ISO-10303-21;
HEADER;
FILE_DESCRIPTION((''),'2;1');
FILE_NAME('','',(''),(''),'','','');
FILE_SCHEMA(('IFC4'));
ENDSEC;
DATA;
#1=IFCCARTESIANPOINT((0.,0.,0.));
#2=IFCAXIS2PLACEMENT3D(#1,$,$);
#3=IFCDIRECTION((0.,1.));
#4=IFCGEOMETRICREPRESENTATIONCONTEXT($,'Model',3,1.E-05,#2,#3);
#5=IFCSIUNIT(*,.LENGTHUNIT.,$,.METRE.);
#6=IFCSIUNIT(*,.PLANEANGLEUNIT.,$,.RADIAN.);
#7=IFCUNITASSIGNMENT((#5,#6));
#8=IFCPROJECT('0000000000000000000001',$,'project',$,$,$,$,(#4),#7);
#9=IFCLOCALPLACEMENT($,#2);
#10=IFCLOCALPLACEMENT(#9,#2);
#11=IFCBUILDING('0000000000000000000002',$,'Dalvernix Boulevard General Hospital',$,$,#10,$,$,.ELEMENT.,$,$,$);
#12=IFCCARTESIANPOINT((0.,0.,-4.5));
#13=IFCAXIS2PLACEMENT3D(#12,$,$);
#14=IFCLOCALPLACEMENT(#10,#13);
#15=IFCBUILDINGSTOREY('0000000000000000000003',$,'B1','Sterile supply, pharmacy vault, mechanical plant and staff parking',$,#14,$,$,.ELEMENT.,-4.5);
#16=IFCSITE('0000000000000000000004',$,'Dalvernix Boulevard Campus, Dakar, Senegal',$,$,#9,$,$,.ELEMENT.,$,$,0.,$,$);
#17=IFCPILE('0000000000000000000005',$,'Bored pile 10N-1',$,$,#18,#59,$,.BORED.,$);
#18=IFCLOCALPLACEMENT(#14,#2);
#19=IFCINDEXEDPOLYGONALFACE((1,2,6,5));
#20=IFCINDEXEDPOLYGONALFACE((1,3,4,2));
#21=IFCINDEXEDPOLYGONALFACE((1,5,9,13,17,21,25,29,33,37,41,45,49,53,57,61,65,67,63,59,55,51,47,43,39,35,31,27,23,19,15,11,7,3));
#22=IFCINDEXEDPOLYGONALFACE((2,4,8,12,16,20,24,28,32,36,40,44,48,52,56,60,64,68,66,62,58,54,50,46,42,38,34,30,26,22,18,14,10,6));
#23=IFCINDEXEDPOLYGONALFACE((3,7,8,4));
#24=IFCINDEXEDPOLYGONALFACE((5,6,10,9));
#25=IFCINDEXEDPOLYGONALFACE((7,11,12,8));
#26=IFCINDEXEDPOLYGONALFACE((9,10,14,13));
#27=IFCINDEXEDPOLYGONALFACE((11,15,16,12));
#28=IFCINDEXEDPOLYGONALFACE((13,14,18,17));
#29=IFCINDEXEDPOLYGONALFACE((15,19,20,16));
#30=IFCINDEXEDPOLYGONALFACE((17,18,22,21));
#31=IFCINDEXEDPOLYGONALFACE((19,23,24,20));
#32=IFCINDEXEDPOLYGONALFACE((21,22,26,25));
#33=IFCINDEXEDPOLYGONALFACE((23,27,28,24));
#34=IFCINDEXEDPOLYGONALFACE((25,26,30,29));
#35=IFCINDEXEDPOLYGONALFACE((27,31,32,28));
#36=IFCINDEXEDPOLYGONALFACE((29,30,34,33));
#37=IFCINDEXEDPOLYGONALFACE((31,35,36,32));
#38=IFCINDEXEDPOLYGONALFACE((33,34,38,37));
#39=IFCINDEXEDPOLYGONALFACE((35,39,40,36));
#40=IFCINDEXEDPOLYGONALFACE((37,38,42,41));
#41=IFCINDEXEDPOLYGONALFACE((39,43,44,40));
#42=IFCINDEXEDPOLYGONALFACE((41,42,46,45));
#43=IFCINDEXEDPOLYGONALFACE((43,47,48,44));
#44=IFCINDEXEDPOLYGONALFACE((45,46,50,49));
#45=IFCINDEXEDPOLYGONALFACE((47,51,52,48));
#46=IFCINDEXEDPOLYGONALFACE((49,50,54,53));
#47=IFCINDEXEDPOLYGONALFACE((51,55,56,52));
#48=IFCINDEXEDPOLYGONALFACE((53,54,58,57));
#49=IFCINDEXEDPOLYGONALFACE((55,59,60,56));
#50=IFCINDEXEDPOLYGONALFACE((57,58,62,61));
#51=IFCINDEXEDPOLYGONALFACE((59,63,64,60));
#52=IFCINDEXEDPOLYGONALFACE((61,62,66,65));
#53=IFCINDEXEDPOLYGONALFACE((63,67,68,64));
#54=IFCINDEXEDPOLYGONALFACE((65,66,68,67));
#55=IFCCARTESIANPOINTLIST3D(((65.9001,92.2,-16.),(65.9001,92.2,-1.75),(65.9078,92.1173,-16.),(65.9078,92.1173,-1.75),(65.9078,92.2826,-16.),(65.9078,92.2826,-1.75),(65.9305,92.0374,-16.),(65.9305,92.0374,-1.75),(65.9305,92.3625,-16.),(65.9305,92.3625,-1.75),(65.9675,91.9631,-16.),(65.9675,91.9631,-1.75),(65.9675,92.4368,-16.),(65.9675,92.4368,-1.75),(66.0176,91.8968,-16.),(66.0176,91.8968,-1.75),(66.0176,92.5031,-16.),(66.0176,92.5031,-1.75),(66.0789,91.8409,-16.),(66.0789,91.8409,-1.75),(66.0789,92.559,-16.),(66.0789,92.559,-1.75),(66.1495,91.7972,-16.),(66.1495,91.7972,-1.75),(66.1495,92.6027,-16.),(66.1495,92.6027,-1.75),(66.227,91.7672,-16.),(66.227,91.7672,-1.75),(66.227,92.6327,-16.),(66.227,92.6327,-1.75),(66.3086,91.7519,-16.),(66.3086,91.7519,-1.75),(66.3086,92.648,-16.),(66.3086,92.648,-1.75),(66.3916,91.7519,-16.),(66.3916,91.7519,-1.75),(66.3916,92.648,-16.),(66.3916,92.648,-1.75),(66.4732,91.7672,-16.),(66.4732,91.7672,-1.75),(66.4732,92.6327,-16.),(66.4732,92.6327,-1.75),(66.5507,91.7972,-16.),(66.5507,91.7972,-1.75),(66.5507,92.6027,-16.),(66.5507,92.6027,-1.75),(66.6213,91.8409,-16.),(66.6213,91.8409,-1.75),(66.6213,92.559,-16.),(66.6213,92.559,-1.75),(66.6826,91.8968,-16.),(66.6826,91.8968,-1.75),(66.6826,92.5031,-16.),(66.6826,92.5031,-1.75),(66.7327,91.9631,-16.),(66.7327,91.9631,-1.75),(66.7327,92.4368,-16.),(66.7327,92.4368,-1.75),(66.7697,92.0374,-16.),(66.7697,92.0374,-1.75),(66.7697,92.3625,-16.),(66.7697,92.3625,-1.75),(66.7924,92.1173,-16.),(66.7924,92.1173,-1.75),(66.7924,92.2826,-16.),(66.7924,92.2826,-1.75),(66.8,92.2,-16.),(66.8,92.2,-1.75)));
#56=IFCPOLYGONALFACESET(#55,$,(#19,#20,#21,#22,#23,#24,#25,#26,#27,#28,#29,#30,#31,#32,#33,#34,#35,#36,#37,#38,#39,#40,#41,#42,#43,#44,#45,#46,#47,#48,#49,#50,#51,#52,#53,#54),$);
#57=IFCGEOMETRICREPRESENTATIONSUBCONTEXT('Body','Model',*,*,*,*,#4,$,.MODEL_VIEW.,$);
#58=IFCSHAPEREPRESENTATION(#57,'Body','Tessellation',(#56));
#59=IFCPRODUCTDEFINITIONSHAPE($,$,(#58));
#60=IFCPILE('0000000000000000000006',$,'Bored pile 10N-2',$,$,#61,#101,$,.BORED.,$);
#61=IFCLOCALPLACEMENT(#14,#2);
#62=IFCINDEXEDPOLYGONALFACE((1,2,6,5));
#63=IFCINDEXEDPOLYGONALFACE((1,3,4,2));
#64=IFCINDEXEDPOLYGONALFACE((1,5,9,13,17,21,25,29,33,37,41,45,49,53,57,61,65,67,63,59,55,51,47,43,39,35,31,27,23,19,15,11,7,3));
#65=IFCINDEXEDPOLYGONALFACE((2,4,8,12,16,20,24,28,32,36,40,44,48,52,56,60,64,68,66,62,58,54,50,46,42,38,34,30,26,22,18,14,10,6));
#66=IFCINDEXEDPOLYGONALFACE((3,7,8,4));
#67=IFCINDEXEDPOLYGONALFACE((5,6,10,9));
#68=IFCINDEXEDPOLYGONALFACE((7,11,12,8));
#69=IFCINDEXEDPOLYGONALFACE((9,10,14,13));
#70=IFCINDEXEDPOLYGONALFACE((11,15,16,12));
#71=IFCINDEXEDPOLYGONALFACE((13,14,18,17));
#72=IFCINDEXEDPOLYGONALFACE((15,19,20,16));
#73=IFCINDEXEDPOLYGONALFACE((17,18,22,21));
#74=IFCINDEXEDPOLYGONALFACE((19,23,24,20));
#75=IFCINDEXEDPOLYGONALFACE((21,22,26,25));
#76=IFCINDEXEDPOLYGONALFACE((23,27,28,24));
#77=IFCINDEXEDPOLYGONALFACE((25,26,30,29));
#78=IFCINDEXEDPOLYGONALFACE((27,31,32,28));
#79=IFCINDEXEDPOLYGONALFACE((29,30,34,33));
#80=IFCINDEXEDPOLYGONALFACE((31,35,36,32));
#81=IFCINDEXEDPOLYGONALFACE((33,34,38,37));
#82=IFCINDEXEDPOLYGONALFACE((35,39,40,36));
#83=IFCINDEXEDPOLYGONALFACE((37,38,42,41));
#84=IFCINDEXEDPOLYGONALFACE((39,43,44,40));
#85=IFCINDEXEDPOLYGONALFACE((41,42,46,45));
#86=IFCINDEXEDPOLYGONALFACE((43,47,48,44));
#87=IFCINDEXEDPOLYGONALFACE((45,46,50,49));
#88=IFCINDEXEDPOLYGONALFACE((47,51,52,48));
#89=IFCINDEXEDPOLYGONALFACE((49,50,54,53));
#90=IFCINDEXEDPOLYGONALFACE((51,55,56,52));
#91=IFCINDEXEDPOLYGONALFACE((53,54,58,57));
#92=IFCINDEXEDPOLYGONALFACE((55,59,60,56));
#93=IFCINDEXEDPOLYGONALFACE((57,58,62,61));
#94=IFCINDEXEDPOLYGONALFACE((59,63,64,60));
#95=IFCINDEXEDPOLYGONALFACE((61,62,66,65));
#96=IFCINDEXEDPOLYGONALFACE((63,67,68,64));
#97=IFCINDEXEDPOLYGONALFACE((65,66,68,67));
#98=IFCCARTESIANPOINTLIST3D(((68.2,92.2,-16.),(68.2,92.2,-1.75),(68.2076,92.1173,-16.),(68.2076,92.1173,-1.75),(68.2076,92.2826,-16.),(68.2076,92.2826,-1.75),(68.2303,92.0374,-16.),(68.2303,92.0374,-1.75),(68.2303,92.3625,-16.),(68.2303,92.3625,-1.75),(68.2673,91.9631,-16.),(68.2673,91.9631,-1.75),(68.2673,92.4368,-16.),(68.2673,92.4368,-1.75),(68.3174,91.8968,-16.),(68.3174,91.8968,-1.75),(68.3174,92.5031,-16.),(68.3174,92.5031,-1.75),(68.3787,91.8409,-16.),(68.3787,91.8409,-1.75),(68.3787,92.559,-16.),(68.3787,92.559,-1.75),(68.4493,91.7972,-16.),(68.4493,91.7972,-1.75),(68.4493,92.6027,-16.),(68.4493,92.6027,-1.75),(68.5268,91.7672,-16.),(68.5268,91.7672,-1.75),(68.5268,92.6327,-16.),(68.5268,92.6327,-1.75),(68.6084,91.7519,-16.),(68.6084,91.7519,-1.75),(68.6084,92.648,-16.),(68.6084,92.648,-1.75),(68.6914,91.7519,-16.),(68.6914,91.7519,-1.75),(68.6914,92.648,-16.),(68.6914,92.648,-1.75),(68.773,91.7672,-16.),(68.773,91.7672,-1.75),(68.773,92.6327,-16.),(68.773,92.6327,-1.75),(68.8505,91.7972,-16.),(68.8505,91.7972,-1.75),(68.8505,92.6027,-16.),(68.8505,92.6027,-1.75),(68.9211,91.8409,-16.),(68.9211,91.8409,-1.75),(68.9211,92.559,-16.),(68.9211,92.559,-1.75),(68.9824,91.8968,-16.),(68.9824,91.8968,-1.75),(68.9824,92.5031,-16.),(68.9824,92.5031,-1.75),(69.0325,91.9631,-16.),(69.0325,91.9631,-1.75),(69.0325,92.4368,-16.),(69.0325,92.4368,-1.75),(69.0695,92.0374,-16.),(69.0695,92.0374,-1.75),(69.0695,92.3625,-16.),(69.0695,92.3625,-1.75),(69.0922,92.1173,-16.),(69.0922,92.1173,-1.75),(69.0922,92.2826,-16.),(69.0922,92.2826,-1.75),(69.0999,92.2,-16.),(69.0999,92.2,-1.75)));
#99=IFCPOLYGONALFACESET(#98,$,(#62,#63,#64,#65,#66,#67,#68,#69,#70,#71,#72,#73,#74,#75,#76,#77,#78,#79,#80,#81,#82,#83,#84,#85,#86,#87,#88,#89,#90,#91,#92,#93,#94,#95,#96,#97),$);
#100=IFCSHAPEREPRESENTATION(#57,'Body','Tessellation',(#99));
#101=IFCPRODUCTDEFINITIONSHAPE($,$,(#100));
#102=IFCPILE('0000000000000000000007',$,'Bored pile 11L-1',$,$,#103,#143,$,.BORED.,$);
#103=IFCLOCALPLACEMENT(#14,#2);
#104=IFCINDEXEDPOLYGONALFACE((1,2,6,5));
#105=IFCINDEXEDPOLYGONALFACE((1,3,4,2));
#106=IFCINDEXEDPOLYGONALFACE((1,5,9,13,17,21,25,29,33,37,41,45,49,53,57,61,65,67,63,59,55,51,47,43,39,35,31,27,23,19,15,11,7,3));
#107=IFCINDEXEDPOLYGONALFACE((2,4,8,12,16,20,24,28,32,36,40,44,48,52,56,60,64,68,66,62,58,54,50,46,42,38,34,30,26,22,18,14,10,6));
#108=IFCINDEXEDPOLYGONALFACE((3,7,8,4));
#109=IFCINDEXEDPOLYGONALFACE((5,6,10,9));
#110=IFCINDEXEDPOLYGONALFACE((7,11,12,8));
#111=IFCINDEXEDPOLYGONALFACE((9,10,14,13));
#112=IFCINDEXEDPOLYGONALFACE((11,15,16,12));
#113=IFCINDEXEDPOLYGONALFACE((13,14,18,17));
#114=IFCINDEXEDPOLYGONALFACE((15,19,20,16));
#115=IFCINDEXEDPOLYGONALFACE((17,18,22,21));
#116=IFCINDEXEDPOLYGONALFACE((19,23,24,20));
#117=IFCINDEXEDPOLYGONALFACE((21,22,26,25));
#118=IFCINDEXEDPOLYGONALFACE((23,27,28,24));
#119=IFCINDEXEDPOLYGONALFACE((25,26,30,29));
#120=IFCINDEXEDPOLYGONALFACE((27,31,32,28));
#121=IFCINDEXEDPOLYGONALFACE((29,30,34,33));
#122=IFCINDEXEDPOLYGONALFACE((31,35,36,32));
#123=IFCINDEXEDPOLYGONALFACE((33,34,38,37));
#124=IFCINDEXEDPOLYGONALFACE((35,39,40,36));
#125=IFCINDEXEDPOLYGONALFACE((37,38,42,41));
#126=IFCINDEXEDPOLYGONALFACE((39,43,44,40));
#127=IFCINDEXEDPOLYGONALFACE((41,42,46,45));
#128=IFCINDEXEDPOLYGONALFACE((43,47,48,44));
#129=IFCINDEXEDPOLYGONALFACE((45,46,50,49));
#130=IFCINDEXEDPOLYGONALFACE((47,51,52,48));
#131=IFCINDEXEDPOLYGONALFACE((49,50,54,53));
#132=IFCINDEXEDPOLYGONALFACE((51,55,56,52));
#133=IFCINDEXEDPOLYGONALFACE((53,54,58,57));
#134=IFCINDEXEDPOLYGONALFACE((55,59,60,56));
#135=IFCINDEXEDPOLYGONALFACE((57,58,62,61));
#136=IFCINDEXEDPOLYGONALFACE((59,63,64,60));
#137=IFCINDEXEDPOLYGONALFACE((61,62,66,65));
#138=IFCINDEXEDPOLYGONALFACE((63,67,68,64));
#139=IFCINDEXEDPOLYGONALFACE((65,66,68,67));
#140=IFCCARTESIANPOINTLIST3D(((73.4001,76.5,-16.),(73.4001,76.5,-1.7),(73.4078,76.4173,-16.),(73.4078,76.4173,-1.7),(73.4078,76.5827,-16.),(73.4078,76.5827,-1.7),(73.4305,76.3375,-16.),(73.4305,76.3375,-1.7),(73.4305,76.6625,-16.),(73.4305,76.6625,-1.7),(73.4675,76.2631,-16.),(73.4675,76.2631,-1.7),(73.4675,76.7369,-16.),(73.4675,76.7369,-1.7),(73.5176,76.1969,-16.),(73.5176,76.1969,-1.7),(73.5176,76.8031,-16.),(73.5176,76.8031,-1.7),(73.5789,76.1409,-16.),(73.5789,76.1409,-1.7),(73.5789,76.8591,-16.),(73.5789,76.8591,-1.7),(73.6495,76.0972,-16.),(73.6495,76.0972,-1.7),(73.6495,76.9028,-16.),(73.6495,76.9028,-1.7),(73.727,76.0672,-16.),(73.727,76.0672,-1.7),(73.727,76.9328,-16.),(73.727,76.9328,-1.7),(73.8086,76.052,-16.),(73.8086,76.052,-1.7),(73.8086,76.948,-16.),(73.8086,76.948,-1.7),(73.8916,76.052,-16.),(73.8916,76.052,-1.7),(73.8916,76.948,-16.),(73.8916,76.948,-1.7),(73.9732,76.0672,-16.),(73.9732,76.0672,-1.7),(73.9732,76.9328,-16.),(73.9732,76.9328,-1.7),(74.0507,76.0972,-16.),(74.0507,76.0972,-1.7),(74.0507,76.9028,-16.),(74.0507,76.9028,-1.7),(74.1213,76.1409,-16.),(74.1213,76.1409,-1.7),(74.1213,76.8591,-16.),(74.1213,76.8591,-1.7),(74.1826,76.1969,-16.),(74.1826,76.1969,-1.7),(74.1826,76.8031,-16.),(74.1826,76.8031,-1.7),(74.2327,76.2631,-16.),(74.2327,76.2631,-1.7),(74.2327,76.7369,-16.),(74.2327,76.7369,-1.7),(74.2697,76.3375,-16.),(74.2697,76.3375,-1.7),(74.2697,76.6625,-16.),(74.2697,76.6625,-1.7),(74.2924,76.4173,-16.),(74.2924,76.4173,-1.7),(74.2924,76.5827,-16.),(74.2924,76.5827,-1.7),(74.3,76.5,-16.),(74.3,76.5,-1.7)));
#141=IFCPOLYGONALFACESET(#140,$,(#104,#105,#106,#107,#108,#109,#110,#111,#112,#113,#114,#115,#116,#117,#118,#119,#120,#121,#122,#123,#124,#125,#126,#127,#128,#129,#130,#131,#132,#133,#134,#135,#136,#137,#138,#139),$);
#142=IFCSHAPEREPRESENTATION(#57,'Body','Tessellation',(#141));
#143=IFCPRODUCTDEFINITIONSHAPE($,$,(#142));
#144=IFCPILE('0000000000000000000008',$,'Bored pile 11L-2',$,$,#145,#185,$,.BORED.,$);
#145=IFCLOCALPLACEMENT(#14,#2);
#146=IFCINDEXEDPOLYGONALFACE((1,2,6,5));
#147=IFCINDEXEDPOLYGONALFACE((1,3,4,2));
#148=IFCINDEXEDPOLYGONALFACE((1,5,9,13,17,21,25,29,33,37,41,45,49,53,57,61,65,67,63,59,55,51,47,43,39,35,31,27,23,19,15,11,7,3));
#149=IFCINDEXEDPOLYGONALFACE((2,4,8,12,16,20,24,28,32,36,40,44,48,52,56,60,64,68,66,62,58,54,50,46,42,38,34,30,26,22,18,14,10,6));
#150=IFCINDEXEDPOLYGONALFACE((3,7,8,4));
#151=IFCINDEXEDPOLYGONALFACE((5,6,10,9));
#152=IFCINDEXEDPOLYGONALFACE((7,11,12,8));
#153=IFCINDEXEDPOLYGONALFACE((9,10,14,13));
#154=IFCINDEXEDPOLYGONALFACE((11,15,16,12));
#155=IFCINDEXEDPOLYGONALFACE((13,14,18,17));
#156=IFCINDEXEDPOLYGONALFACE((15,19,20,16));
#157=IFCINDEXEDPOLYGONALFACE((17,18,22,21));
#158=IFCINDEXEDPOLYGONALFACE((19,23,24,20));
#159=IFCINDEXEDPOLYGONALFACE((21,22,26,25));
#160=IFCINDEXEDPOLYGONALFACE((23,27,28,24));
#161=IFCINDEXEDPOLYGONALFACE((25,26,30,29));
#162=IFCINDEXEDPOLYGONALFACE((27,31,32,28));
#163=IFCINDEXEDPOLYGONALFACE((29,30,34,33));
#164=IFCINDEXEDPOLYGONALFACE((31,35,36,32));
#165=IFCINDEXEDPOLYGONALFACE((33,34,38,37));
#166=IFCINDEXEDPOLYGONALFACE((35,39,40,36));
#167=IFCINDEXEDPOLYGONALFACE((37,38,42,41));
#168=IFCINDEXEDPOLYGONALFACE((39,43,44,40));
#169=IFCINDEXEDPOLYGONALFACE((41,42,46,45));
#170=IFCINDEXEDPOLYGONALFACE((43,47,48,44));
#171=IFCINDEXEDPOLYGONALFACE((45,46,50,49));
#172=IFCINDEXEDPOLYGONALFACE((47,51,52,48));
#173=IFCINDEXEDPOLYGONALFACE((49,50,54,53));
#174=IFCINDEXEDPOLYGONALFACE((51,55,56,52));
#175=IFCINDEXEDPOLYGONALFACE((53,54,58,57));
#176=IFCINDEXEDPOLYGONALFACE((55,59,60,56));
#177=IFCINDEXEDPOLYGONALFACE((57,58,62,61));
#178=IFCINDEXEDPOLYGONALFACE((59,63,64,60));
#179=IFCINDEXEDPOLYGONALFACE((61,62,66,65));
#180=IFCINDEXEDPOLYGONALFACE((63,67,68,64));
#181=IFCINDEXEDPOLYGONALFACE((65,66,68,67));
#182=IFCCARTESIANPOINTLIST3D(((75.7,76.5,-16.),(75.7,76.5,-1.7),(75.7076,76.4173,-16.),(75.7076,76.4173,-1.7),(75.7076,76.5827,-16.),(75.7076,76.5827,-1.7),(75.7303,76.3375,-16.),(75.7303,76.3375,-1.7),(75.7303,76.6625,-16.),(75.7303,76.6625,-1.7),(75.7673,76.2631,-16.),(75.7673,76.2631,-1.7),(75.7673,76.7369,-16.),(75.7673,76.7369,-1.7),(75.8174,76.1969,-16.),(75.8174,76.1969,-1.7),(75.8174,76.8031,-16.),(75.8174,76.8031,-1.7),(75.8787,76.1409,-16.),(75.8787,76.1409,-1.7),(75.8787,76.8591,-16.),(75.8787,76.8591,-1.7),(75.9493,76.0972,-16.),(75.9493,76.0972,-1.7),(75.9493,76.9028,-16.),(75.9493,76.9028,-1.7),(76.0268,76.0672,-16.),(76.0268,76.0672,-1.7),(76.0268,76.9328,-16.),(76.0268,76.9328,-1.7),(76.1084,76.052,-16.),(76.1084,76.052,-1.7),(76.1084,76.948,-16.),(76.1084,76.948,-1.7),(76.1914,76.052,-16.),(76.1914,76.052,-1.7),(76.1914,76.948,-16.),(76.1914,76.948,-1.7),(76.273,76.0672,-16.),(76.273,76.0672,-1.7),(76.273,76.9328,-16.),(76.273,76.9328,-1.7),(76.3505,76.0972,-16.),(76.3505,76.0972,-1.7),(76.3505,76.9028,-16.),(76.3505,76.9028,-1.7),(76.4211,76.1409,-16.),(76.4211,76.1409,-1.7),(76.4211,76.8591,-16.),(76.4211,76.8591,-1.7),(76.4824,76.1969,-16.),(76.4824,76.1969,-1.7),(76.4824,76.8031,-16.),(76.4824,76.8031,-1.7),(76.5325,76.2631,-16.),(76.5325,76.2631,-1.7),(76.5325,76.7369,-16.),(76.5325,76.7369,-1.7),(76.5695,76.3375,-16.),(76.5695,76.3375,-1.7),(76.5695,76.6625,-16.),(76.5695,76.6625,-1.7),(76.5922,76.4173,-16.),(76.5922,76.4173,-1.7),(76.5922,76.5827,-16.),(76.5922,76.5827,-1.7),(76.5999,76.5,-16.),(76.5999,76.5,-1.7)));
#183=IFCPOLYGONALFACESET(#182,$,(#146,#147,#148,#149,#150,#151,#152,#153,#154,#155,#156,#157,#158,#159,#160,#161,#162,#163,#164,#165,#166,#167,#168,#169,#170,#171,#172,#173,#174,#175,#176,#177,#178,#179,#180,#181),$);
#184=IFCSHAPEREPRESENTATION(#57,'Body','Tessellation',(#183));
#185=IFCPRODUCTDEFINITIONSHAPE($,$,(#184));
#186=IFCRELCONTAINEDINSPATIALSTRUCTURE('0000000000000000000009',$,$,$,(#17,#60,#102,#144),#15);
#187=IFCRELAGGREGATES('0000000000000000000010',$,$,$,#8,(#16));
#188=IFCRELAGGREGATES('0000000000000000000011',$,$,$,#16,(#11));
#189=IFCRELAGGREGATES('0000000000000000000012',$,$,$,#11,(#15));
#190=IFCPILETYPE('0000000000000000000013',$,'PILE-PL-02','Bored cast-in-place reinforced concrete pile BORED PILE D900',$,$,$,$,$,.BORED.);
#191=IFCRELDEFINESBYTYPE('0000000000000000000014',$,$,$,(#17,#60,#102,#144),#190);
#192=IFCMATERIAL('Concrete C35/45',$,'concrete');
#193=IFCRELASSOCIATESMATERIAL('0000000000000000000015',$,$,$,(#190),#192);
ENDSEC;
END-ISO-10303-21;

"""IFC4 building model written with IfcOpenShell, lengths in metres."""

from ifc_helpers import new_model, si_unit, direction, frame, origin, origin_2d, place, context, subcontext, project, spatial, circle, extrude, material, material_profile, profile_set, type_object, element, save


model = new_model("IFC4")

# Units and contexts
model_context = context("Model", 3, precision=1e-05, world=origin(), true_north=direction((0.0, 1.0)))
body_context = subcontext(model_context, "Body", "Model", "MODEL_VIEW")
ifc_project = project(units=[si_unit("LENGTHUNIT", "METRE"), si_unit("PLANEANGLEUNIT", "RADIAN")], contexts=[model_context])

# Site, building, storey
site_placement = place(None, origin())
site = spatial("IfcSite", under=ifc_project, at=site_placement, Name="Dalvernix Boulevard Campus, Dakar, Senegal", CompositionType="ELEMENT", RefElevation=0.0)
building_placement = place(site_placement, origin())
building = spatial("IfcBuilding", under=site, at=building_placement, Name="Dalvernix Boulevard General Hospital", CompositionType="ELEMENT")
storey_placement = place(building_placement, frame((0.0, 0.0, -4.5)))
storey = spatial("IfcBuildingStorey", under=building, at=storey_placement, Name="B1", Description="Sterile supply, pharmacy vault, mechanical plant and staff parking", CompositionType="ELEMENT", Elevation=-4.5)

# Shared definitions
ifc_material_1 = material(Name="Concrete C35/45", Category="concrete")

# Piles
ifc_material_profile_1 = material_profile(ifc_material_1, circle(Radius=0.45, at=origin_2d()), Name="BORED PILE D900")
ifc_profile_set_1 = profile_set([ifc_material_profile_1], Name="Concrete C35/45")
pile_type = type_object("IfcPileType", Name="PILE-PL-02", Description="Bored cast-in-place reinforced concrete pile BORED PILE D900", PredefinedType="BORED", material=ifc_profile_set_1)
for number, where, z_axis, x_axis, name in (
    (1, (66.3501, 92.2, -1.75), (0.0, 0.0, -1.0), (1.0, 0.0, 0.0), "Bored pile 10N-1"),
    (2, (68.6499, 92.2, -1.75), (0.0, 0.0, -1.0), (1.0, 0.0, 0.0), "Bored pile 10N-2"),
):
    element("IfcPile", number, at=place(storey_placement, frame(where, z_axis=z_axis, x_axis=x_axis)), inside=storey, type_object=pile_type, Name=name, PredefinedType="BORED", context=body_context, shape_type="SweptSolid", body=[
        extrude(circle(Radius=0.45, at=origin_2d()), origin(), (0.0, 0.0, 1.0), 14.25),
    ])
for number, where, z_axis, x_axis, name in (
    (3, (73.8501, 76.5, -1.7), (0.0, 0.0, -1.0), (1.0, 0.0, 0.0), "Bored pile 11L-1"),
    (4, (76.1499, 76.5, -1.7), (0.0, 0.0, -1.0), (1.0, 0.0, 0.0), "Bored pile 11L-2"),
):
    element("IfcPile", number, at=place(storey_placement, frame(where, z_axis=z_axis, x_axis=x_axis)), inside=storey, type_object=pile_type, Name=name, PredefinedType="BORED", context=body_context, shape_type="SweptSolid", body=[
        extrude(circle(Radius=0.45, at=origin_2d()), origin(), (0.0, 0.0, 1.0), 14.3),
    ])

save(model, "model.ifc")
